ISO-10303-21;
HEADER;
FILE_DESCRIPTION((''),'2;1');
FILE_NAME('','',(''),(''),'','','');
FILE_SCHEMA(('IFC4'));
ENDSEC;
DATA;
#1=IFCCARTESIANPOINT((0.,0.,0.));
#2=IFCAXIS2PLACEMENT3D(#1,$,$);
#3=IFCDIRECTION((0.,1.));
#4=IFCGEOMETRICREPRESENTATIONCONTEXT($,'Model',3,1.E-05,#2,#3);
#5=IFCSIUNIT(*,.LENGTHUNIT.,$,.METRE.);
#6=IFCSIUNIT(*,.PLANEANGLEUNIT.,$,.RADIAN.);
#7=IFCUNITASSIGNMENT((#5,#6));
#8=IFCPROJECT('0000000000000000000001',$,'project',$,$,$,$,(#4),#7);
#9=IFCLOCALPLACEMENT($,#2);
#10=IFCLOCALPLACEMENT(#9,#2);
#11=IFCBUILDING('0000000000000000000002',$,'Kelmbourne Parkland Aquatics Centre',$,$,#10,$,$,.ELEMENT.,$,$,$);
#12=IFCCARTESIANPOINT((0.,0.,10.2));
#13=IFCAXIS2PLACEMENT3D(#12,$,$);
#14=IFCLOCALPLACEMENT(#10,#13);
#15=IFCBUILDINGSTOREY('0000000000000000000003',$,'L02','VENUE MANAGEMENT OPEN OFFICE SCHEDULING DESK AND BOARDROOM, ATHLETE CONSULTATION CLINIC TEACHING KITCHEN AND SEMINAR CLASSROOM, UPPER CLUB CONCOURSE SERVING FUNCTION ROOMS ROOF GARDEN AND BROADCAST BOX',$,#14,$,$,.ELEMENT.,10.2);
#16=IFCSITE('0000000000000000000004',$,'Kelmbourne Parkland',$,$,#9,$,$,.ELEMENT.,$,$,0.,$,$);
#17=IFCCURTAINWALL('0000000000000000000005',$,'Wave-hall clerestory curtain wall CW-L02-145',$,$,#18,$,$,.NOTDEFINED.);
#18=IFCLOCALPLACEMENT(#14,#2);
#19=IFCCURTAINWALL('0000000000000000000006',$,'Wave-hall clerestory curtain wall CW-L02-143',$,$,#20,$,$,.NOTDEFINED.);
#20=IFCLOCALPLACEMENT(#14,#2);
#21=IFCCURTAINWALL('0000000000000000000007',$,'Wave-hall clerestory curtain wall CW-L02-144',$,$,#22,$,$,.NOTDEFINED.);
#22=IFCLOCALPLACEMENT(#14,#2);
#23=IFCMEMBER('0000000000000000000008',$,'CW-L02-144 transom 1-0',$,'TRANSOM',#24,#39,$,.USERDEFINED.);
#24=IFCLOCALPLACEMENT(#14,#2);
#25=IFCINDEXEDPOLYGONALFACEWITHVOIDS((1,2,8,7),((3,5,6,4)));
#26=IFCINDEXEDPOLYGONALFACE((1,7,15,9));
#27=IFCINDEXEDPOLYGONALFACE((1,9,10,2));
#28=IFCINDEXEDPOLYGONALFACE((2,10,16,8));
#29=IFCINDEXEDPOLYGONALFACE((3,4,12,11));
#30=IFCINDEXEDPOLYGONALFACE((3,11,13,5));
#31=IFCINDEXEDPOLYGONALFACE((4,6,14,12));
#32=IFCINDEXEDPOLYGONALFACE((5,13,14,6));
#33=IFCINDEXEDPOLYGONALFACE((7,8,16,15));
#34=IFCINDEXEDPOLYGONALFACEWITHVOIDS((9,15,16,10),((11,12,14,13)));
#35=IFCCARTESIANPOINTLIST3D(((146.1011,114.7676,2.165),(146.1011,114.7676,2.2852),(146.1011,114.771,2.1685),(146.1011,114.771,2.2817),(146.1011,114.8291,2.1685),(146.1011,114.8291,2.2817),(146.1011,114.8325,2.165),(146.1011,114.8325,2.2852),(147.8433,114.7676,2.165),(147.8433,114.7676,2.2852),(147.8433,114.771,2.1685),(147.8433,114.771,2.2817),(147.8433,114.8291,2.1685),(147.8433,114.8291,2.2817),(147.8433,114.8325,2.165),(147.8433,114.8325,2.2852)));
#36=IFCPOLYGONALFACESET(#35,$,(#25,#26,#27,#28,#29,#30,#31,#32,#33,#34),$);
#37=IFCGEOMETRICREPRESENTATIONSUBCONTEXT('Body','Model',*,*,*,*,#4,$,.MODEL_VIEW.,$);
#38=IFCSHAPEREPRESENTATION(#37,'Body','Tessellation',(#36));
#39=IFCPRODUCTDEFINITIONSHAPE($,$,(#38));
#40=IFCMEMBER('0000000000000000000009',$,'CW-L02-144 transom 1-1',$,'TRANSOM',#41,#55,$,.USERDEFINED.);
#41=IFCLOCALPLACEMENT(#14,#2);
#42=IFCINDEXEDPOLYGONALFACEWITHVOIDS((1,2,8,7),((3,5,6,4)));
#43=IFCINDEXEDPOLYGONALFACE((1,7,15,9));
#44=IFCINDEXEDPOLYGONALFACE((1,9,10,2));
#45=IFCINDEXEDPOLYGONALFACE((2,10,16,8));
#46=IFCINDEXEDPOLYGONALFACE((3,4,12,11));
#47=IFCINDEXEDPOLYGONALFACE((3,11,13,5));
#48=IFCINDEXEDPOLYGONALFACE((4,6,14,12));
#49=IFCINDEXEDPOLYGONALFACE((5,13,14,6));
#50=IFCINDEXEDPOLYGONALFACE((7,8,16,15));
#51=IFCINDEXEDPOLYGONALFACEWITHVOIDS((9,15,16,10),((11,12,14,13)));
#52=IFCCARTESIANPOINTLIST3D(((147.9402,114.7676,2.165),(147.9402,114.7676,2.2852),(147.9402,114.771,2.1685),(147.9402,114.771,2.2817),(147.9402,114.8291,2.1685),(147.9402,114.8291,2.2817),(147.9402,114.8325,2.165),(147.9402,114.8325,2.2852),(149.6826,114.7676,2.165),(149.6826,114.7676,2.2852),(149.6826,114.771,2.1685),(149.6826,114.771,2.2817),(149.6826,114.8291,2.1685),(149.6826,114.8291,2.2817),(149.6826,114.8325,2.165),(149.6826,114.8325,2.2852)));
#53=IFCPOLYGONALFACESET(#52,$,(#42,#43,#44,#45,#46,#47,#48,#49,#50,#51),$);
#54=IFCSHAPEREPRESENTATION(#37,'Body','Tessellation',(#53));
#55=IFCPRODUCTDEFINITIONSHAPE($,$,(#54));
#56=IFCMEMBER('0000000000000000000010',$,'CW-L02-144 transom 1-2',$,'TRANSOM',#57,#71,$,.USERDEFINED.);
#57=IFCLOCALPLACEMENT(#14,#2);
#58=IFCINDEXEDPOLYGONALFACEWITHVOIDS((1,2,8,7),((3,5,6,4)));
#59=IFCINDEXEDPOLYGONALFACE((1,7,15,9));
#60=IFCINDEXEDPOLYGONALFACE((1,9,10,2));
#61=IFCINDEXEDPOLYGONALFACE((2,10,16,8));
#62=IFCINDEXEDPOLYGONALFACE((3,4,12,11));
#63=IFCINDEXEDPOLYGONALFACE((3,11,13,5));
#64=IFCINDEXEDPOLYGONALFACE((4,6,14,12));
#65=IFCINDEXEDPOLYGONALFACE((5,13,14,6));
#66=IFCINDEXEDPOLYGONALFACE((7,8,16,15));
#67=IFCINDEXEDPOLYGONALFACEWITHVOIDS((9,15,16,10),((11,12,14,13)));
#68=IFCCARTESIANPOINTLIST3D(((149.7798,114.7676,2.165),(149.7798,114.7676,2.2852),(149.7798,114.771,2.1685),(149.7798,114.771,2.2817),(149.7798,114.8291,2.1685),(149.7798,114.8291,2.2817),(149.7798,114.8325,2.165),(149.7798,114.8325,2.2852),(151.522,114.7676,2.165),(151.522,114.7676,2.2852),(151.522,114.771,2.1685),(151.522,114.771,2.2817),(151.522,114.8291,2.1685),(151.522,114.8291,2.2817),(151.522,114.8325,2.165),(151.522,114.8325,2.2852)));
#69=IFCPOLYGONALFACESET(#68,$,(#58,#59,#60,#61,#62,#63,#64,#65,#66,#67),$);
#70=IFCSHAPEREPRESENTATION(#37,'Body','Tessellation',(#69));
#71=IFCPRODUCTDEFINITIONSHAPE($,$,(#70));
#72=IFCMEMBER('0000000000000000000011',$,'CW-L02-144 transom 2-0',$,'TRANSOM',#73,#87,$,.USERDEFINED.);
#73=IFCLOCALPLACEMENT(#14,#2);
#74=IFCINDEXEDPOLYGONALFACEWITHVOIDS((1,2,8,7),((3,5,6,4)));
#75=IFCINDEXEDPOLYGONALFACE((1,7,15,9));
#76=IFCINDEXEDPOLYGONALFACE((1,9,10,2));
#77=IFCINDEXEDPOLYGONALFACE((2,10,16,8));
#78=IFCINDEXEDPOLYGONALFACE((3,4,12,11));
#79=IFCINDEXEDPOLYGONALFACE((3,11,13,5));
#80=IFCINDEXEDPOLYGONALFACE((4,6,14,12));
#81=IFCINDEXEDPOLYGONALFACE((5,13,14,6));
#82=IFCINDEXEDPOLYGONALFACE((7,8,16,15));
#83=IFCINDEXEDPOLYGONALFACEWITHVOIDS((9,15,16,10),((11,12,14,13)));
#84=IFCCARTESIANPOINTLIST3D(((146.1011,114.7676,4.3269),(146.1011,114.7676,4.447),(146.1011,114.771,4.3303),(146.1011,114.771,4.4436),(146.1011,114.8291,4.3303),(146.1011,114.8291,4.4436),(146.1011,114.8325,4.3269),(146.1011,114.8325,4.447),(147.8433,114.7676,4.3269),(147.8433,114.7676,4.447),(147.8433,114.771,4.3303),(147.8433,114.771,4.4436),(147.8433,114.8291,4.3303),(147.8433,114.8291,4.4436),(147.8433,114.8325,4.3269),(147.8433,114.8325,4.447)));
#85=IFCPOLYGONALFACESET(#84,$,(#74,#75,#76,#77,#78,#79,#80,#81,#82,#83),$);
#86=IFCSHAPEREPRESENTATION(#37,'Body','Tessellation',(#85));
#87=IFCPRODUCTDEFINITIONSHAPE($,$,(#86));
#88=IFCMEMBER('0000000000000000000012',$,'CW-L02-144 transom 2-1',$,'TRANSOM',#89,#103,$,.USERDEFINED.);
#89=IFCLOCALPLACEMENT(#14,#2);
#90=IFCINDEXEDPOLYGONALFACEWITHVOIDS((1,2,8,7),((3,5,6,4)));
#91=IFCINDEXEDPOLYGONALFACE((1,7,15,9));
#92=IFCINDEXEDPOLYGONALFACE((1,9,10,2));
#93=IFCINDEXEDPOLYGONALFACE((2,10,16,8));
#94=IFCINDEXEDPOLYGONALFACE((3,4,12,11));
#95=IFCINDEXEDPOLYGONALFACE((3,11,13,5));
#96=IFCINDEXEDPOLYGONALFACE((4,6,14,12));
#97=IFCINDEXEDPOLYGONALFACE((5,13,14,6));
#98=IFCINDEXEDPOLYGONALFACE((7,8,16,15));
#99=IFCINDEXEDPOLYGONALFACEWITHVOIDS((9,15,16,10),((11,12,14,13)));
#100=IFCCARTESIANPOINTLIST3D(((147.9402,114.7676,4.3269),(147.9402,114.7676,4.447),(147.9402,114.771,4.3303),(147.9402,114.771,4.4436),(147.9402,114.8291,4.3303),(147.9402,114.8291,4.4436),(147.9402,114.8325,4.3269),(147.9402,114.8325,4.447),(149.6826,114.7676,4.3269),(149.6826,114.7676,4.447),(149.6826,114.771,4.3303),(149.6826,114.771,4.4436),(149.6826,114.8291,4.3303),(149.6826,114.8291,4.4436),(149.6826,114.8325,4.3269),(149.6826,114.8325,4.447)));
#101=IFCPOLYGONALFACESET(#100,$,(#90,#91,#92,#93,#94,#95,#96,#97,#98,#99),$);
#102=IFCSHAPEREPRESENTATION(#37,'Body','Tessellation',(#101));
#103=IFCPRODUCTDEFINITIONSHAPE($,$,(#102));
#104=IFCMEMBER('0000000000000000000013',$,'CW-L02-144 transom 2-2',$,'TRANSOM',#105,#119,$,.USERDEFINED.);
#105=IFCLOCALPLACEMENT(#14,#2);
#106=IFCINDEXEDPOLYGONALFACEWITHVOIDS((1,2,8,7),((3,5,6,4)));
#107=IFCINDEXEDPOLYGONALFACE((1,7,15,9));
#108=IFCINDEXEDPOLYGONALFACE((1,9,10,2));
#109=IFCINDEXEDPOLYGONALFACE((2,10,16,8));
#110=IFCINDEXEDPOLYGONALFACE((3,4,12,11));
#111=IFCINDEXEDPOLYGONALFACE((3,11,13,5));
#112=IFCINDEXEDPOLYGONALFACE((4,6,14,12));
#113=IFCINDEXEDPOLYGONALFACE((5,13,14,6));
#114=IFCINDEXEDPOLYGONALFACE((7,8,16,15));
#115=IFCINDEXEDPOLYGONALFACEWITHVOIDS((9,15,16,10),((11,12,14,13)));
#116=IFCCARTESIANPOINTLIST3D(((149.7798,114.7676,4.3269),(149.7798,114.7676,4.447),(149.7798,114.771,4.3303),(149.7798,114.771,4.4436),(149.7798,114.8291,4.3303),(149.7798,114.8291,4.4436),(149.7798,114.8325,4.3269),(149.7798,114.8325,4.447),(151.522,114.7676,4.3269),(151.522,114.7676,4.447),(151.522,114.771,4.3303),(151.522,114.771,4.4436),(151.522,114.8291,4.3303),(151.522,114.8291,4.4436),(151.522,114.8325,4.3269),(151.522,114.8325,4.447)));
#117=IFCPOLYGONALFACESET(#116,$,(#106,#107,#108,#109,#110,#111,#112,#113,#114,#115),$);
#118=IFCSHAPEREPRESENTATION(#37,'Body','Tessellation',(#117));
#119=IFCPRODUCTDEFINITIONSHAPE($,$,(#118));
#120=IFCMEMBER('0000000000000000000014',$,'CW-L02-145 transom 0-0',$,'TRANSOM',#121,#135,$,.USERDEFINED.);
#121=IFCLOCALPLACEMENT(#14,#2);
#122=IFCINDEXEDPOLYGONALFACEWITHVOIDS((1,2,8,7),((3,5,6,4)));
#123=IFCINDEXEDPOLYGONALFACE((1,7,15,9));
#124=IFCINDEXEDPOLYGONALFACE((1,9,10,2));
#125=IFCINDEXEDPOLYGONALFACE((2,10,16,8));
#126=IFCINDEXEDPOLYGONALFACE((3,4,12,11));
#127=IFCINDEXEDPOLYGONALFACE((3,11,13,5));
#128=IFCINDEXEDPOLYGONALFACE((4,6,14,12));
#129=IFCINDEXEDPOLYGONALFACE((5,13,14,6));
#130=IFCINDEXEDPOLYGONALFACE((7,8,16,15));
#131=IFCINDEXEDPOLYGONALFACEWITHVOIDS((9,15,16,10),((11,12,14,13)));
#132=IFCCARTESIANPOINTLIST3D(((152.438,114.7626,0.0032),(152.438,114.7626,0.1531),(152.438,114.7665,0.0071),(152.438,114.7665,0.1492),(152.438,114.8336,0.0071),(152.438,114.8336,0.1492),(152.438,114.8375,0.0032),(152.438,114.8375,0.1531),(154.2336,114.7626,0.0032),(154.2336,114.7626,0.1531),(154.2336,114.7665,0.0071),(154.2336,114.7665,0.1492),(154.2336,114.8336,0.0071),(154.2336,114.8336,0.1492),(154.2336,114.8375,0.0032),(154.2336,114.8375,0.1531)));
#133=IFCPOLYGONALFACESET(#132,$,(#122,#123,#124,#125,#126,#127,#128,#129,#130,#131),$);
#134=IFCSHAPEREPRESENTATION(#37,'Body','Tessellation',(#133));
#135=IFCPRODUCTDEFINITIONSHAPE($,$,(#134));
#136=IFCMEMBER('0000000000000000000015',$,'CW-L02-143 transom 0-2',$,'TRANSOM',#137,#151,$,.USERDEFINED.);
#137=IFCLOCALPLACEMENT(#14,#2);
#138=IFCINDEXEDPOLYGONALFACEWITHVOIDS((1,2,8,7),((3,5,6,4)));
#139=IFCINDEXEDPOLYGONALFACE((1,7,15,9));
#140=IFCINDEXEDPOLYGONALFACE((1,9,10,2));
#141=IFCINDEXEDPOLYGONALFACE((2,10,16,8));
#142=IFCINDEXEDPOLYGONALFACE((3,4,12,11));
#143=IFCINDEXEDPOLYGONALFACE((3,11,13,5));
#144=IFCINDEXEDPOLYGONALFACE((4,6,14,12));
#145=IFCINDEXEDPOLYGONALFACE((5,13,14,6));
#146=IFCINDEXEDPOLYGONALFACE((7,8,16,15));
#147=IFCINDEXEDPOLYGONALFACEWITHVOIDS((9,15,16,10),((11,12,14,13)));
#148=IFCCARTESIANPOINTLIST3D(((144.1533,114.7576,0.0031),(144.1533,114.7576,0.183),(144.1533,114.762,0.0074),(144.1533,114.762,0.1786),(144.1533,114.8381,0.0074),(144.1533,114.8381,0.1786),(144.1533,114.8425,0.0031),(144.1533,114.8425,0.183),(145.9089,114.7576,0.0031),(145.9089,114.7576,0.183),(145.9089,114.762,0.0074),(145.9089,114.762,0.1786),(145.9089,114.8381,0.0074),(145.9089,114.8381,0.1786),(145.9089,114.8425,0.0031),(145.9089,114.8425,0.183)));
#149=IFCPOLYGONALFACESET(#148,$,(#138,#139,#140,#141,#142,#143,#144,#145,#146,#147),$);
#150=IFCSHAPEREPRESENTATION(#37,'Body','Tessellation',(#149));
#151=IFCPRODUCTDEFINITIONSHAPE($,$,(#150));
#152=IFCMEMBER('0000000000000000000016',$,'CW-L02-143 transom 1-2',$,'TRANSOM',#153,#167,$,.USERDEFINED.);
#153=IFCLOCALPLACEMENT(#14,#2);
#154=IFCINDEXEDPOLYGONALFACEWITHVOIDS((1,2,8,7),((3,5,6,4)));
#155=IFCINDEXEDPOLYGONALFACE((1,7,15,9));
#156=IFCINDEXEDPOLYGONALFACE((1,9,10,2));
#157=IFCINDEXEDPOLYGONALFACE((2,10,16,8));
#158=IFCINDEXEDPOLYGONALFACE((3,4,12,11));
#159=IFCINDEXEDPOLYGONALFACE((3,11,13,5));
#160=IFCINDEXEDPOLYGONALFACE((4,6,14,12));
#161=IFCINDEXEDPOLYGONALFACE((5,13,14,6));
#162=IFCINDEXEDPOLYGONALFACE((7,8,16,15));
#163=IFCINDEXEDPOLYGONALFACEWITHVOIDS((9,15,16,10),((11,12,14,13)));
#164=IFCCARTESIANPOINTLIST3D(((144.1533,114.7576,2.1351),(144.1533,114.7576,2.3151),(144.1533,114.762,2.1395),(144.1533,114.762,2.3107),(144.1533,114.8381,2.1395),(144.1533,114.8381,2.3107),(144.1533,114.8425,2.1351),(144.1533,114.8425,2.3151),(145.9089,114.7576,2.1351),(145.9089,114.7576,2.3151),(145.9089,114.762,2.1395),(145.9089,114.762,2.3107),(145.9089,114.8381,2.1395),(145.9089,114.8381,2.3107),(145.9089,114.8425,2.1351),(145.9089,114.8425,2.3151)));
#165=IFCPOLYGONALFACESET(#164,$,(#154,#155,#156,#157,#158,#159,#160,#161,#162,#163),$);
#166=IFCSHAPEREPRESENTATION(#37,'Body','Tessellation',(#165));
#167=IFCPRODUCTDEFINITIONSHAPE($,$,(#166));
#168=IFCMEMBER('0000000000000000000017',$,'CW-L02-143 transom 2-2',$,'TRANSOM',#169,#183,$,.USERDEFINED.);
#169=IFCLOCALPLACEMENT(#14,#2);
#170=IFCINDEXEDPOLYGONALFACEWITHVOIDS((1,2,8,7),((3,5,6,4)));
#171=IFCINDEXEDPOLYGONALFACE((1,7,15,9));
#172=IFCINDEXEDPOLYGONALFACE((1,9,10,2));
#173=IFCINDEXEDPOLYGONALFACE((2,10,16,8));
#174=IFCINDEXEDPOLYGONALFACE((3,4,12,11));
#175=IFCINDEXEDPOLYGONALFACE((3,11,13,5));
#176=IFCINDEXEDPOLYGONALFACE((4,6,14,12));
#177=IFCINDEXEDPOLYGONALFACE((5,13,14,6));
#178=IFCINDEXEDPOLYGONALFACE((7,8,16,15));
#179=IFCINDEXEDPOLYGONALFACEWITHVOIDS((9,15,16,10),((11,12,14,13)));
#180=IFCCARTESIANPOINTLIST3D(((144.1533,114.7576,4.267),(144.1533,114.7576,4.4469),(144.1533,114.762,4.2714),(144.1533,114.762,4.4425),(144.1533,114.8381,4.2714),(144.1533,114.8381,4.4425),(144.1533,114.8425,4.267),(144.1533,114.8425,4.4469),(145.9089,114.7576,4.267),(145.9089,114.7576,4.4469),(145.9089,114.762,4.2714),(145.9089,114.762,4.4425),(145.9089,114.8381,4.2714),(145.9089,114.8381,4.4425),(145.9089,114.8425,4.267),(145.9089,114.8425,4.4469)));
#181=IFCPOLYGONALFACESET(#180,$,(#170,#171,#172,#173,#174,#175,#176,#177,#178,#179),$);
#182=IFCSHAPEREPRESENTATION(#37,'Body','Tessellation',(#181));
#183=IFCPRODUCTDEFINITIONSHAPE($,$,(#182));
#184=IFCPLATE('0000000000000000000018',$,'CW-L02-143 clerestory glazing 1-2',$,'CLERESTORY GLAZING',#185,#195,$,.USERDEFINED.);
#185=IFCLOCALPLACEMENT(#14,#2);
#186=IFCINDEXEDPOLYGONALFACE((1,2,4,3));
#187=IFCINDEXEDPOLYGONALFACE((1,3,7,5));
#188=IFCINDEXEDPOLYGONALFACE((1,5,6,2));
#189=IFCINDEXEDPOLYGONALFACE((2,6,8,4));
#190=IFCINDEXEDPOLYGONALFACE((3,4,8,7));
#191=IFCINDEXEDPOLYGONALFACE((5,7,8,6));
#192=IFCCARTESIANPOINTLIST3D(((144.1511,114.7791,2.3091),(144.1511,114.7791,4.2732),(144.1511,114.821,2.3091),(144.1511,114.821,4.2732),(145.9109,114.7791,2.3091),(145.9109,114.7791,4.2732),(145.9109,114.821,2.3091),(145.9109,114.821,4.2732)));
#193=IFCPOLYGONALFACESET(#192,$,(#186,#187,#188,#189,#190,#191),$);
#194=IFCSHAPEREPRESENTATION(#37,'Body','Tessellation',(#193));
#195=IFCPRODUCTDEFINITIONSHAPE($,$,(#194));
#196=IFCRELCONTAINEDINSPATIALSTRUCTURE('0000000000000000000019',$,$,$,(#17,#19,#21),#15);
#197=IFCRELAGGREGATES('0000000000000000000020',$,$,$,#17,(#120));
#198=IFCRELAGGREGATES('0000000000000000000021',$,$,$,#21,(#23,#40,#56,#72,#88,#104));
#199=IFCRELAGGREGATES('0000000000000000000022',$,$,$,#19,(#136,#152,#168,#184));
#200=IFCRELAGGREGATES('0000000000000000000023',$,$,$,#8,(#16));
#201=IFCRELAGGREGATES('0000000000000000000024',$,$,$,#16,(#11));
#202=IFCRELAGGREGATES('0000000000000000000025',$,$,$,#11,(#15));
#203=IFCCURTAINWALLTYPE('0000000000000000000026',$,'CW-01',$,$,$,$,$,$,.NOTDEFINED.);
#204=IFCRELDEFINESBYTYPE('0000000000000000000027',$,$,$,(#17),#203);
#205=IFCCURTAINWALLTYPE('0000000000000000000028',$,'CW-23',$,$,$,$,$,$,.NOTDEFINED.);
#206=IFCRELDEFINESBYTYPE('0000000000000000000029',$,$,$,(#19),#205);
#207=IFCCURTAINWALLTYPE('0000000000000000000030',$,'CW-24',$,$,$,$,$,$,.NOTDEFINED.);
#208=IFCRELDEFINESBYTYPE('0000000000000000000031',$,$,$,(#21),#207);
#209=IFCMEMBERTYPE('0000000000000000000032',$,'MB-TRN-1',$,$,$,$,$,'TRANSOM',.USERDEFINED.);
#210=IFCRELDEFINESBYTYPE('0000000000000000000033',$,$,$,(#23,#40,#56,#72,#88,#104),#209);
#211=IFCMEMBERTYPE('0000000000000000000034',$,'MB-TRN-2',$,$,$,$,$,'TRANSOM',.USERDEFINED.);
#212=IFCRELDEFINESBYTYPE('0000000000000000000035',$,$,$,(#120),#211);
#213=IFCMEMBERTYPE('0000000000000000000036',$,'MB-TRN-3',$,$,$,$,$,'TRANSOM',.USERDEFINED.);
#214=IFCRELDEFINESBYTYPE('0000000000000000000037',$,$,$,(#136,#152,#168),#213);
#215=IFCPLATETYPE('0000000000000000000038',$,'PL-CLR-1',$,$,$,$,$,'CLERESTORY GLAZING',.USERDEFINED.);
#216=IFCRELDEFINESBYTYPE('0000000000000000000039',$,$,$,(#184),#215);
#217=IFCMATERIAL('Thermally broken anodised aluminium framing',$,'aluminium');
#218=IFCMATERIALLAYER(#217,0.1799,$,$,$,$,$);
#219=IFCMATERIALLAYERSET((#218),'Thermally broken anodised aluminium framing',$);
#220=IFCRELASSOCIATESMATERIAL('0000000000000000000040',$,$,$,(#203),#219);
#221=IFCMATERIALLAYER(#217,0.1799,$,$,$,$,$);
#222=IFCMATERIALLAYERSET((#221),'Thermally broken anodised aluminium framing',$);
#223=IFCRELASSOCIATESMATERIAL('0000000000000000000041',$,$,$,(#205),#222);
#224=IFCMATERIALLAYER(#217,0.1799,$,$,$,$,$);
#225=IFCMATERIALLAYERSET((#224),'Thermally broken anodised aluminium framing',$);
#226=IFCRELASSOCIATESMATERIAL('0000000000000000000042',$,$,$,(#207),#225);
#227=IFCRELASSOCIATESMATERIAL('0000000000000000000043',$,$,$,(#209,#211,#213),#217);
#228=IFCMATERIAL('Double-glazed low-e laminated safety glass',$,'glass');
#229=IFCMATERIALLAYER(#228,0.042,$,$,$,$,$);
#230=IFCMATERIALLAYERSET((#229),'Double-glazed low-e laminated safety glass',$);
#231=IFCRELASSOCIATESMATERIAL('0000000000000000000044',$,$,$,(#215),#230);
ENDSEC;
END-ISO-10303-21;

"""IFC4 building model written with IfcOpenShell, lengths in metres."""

from ifc_helpers import new_model, si_unit, direction, frame, origin, origin_2d, place, context, subcontext, project, spatial, rectangle, hollow_rectangle, extrude, material, layer, layer_set, material_profile, profile_set, type_object, element, aggregate, save


model = new_model("IFC4")

# Units and contexts
model_context = context("Model", 3, precision=1e-05, world=origin(), true_north=direction((0.0, 1.0)))
body_context = subcontext(model_context, "Body", "Model", "MODEL_VIEW")
ifc_project = project(units=[si_unit("LENGTHUNIT", "METRE"), si_unit("PLANEANGLEUNIT", "RADIAN")], contexts=[model_context])

# Site, building, storey
site_placement = place(None, origin())
site = spatial("IfcSite", under=ifc_project, at=site_placement, Name="Kelmbourne Parkland", CompositionType="ELEMENT", RefElevation=0.0)
building_placement = place(site_placement, origin())
building = spatial("IfcBuilding", under=site, at=building_placement, Name="Kelmbourne Parkland Aquatics Centre", CompositionType="ELEMENT")
storey_placement = place(building_placement, frame((0.0, 0.0, 10.2)))
storey = spatial("IfcBuildingStorey", under=building, at=storey_placement, Name="L02", Description="VENUE MANAGEMENT OPEN OFFICE SCHEDULING DESK AND BOARDROOM, ATHLETE CONSULTATION CLINIC TEACHING KITCHEN AND SEMINAR CLASSROOM, UPPER CLUB CONCOURSE SERVING FUNCTION ROOMS ROOF GARDEN AND BROADCAST BOX", CompositionType="ELEMENT", Elevation=10.2)

# Curtain walls
ifc_material_1 = material(Name="Thermally broken anodised aluminium framing", Category="aluminium")
ifc_layer_1 = layer(ifc_material_1, 0.1799)
ifc_layer_set_1 = layer_set([ifc_layer_1], Name="Thermally broken anodised aluminium framing")
curtain_wall_type_1 = type_object("IfcCurtainWallType", Name="CW-01", PredefinedType="NOTDEFINED", material=ifc_layer_set_1)
curtain_wall_1_placement = place(storey_placement, origin())
curtain_wall_1 = element("IfcCurtainWall", 1, at=curtain_wall_1_placement, inside=storey, type_object=curtain_wall_type_1, Name="Wave-hall clerestory curtain wall CW-L02-145", PredefinedType="NOTDEFINED")
ifc_layer_2 = layer(ifc_material_1, 0.1799)
ifc_layer_set_2 = layer_set([ifc_layer_2], Name="Thermally broken anodised aluminium framing")
curtain_wall_type_2 = type_object("IfcCurtainWallType", Name="CW-23", PredefinedType="NOTDEFINED", material=ifc_layer_set_2)
curtain_wall_2_placement = place(storey_placement, origin())
curtain_wall_2 = element("IfcCurtainWall", 2, at=curtain_wall_2_placement, inside=storey, type_object=curtain_wall_type_2, Name="Wave-hall clerestory curtain wall CW-L02-143", PredefinedType="NOTDEFINED")

# Curtain wall, members
ifc_layer_3 = layer(ifc_material_1, 0.1799)
ifc_layer_set_3 = layer_set([ifc_layer_3], Name="Thermally broken anodised aluminium framing")
curtain_wall_type_3 = type_object("IfcCurtainWallType", Name="CW-24", PredefinedType="NOTDEFINED", material=ifc_layer_set_3)
curtain_wall_3_placement = place(storey_placement, origin())
curtain_wall_3 = element("IfcCurtainWall", 3, at=curtain_wall_3_placement, inside=storey, type_object=curtain_wall_type_3, Name="Wave-hall clerestory curtain wall CW-L02-144", PredefinedType="NOTDEFINED")
ifc_material_profile_1 = material_profile(ifc_material_1, hollow_rectangle(XDim=0.0649, YDim=0.1201, WallThickness=0.0034, at=origin_2d()), Name="CW-T 65x120")
ifc_profile_set_1 = profile_set([ifc_material_profile_1], Name="Thermally broken anodised aluminium framing")
member_type_1 = type_object("IfcMemberType", Name="MB-TRN-1", ElementType="TRANSOM", PredefinedType="USERDEFINED", material=ifc_profile_set_1)
member_1_placement = place(storey_placement, frame((146.1011, 114.8, 2.2251), z_axis=(1.0, 0.0, 0.0), x_axis=(0.0, 1.0, 0.0)))
member_1 = element("IfcMember", 4, at=member_1_placement, type_object=member_type_1, Name="CW-L02-144 transom 1-0", ObjectType="TRANSOM", PredefinedType="USERDEFINED", context=body_context, shape_type="SweptSolid", body=[
    extrude(hollow_rectangle(XDim=0.0649, YDim=0.1201, WallThickness=0.0034, at=origin_2d()), origin(), (0.0, 0.0, 1.0), 1.7422),
])
member_2_placement = place(storey_placement, frame((147.9402, 114.8, 2.2251), z_axis=(1.0, 0.0, 0.0), x_axis=(0.0, 1.0, 0.0)))
member_2 = element("IfcMember", 5, at=member_2_placement, type_object=member_type_1, Name="CW-L02-144 transom 1-1", ObjectType="TRANSOM", PredefinedType="USERDEFINED", context=body_context, shape_type="SweptSolid", body=[
    extrude(hollow_rectangle(XDim=0.0649, YDim=0.1201, WallThickness=0.0034, at=origin_2d()), origin(), (0.0, 0.0, 1.0), 1.7424),
])
member_3_placement = place(storey_placement, frame((149.7798, 114.8, 2.2251), z_axis=(1.0, 0.0, 0.0), x_axis=(0.0, 1.0, 0.0)))
member_3 = element("IfcMember", 6, at=member_3_placement, type_object=member_type_1, Name="CW-L02-144 transom 1-2", ObjectType="TRANSOM", PredefinedType="USERDEFINED", context=body_context, shape_type="SweptSolid", body=[
    extrude(hollow_rectangle(XDim=0.0649, YDim=0.1201, WallThickness=0.0034, at=origin_2d()), origin(), (0.0, 0.0, 1.0), 1.7422),
])
member_4_placement = place(storey_placement, frame((146.1011, 114.8, 4.387), z_axis=(1.0, 0.0, 0.0), x_axis=(0.0, 1.0, 0.0)))
member_4 = element("IfcMember", 7, at=member_4_placement, type_object=member_type_1, Name="CW-L02-144 transom 2-0", ObjectType="TRANSOM", PredefinedType="USERDEFINED", context=body_context, shape_type="SweptSolid", body=[
    extrude(hollow_rectangle(XDim=0.0649, YDim=0.1201, WallThickness=0.0034, at=origin_2d()), origin(), (0.0, 0.0, 1.0), 1.7422),
])
member_5_placement = place(storey_placement, frame((147.9402, 114.8, 4.387), z_axis=(1.0, 0.0, 0.0), x_axis=(0.0, 1.0, 0.0)))
member_5 = element("IfcMember", 8, at=member_5_placement, type_object=member_type_1, Name="CW-L02-144 transom 2-1", ObjectType="TRANSOM", PredefinedType="USERDEFINED", context=body_context, shape_type="SweptSolid", body=[
    extrude(hollow_rectangle(XDim=0.0649, YDim=0.1201, WallThickness=0.0034, at=origin_2d()), origin(), (0.0, 0.0, 1.0), 1.7424),
])
member_6_placement = place(storey_placement, frame((149.7798, 114.8, 4.387), z_axis=(1.0, 0.0, 0.0), x_axis=(0.0, 1.0, 0.0)))
member_6 = element("IfcMember", 9, at=member_6_placement, type_object=member_type_1, Name="CW-L02-144 transom 2-2", ObjectType="TRANSOM", PredefinedType="USERDEFINED", context=body_context, shape_type="SweptSolid", body=[
    extrude(hollow_rectangle(XDim=0.0649, YDim=0.1201, WallThickness=0.0034, at=origin_2d()), origin(), (0.0, 0.0, 1.0), 1.7422),
])

# Members
ifc_material_profile_2 = material_profile(ifc_material_1, hollow_rectangle(XDim=0.075, YDim=0.1499, WallThickness=0.0039, at=origin_2d()), Name="CW-T 75x150")
ifc_profile_set_2 = profile_set([ifc_material_profile_2], Name="Thermally broken anodised aluminium framing")
member_type_2 = type_object("IfcMemberType", Name="MB-TRN-2", ElementType="TRANSOM", PredefinedType="USERDEFINED", material=ifc_profile_set_2)
member_7_placement = place(storey_placement, frame((152.438, 114.8, 0.0781), z_axis=(1.0, 0.0, 0.0), x_axis=(0.0, 1.0, 0.0)))
member_7 = element("IfcMember", 10, at=member_7_placement, type_object=member_type_2, Name="CW-L02-145 transom 0-0", ObjectType="TRANSOM", PredefinedType="USERDEFINED", context=body_context, shape_type="SweptSolid", body=[
    extrude(hollow_rectangle(XDim=0.075, YDim=0.1499, WallThickness=0.0039, at=origin_2d()), origin(), (0.0, 0.0, 1.0), 1.7957),
])
aggregate(curtain_wall_1, [member_7])
ifc_material_profile_3 = material_profile(ifc_material_1, hollow_rectangle(XDim=0.085, YDim=0.1799, WallThickness=0.0044, at=origin_2d()), Name="CW-T 85x180")
ifc_profile_set_3 = profile_set([ifc_material_profile_3], Name="Thermally broken anodised aluminium framing")
member_type_3 = type_object("IfcMemberType", Name="MB-TRN-3", ElementType="TRANSOM", PredefinedType="USERDEFINED", material=ifc_profile_set_3)
member_8_placement = place(storey_placement, frame((144.1533, 114.8, 0.093), z_axis=(1.0, 0.0, 0.0), x_axis=(0.0, 1.0, 0.0)))
member_8 = element("IfcMember", 11, at=member_8_placement, type_object=member_type_3, Name="CW-L02-143 transom 0-2", ObjectType="TRANSOM", PredefinedType="USERDEFINED", context=body_context, shape_type="SweptSolid", body=[
    extrude(hollow_rectangle(XDim=0.085, YDim=0.1799, WallThickness=0.0044, at=origin_2d()), origin(), (0.0, 0.0, 1.0), 1.7556),
])
member_9_placement = place(storey_placement, frame((144.1533, 114.8, 2.2251), z_axis=(1.0, 0.0, 0.0), x_axis=(0.0, 1.0, 0.0)))
member_9 = element("IfcMember", 12, at=member_9_placement, type_object=member_type_3, Name="CW-L02-143 transom 1-2", ObjectType="TRANSOM", PredefinedType="USERDEFINED", context=body_context, shape_type="SweptSolid", body=[
    extrude(hollow_rectangle(XDim=0.085, YDim=0.1799, WallThickness=0.0044, at=origin_2d()), origin(), (0.0, 0.0, 1.0), 1.7556),
])
member_10_placement = place(storey_placement, frame((144.1533, 114.8, 4.3569), z_axis=(1.0, 0.0, 0.0), x_axis=(0.0, 1.0, 0.0)))
member_10 = element("IfcMember", 13, at=member_10_placement, type_object=member_type_3, Name="CW-L02-143 transom 2-2", ObjectType="TRANSOM", PredefinedType="USERDEFINED", context=body_context, shape_type="SweptSolid", body=[
    extrude(hollow_rectangle(XDim=0.085, YDim=0.1799, WallThickness=0.0044, at=origin_2d()), origin(), (0.0, 0.0, 1.0), 1.7556),
])

# Plate
ifc_material_2 = material(Name="Double-glazed low-e laminated safety glass", Category="glass")
ifc_layer_4 = layer(ifc_material_2, 0.042)
ifc_layer_set_4 = layer_set([ifc_layer_4], Name="Double-glazed low-e laminated safety glass")
plate_type_1 = type_object("IfcPlateType", Name="PL-CLR-1", ElementType="CLERESTORY GLAZING", PredefinedType="USERDEFINED", material=ifc_layer_set_4)
plate_1_placement = place(storey_placement, frame((145.031, 114.8, 2.3091), z_axis=(0.0, 0.0, 1.0), x_axis=(1.0, 0.0, 0.0)))
plate_1 = element("IfcPlate", 14, at=plate_1_placement, type_object=plate_type_1, Name="CW-L02-143 clerestory glazing 1-2", ObjectType="CLERESTORY GLAZING", PredefinedType="USERDEFINED", context=body_context, shape_type="SweptSolid", body=[
    extrude(rectangle(XDim=1.7598, YDim=0.042, at=origin_2d()), origin(), (0.0, 0.0, 1.0), 1.9641),
])
aggregate(curtain_wall_3, [member_1, member_2, member_3, member_4, member_5, member_6])
aggregate(curtain_wall_2, [member_8, member_9, member_10, plate_1])

save(model, "model.ifc")
